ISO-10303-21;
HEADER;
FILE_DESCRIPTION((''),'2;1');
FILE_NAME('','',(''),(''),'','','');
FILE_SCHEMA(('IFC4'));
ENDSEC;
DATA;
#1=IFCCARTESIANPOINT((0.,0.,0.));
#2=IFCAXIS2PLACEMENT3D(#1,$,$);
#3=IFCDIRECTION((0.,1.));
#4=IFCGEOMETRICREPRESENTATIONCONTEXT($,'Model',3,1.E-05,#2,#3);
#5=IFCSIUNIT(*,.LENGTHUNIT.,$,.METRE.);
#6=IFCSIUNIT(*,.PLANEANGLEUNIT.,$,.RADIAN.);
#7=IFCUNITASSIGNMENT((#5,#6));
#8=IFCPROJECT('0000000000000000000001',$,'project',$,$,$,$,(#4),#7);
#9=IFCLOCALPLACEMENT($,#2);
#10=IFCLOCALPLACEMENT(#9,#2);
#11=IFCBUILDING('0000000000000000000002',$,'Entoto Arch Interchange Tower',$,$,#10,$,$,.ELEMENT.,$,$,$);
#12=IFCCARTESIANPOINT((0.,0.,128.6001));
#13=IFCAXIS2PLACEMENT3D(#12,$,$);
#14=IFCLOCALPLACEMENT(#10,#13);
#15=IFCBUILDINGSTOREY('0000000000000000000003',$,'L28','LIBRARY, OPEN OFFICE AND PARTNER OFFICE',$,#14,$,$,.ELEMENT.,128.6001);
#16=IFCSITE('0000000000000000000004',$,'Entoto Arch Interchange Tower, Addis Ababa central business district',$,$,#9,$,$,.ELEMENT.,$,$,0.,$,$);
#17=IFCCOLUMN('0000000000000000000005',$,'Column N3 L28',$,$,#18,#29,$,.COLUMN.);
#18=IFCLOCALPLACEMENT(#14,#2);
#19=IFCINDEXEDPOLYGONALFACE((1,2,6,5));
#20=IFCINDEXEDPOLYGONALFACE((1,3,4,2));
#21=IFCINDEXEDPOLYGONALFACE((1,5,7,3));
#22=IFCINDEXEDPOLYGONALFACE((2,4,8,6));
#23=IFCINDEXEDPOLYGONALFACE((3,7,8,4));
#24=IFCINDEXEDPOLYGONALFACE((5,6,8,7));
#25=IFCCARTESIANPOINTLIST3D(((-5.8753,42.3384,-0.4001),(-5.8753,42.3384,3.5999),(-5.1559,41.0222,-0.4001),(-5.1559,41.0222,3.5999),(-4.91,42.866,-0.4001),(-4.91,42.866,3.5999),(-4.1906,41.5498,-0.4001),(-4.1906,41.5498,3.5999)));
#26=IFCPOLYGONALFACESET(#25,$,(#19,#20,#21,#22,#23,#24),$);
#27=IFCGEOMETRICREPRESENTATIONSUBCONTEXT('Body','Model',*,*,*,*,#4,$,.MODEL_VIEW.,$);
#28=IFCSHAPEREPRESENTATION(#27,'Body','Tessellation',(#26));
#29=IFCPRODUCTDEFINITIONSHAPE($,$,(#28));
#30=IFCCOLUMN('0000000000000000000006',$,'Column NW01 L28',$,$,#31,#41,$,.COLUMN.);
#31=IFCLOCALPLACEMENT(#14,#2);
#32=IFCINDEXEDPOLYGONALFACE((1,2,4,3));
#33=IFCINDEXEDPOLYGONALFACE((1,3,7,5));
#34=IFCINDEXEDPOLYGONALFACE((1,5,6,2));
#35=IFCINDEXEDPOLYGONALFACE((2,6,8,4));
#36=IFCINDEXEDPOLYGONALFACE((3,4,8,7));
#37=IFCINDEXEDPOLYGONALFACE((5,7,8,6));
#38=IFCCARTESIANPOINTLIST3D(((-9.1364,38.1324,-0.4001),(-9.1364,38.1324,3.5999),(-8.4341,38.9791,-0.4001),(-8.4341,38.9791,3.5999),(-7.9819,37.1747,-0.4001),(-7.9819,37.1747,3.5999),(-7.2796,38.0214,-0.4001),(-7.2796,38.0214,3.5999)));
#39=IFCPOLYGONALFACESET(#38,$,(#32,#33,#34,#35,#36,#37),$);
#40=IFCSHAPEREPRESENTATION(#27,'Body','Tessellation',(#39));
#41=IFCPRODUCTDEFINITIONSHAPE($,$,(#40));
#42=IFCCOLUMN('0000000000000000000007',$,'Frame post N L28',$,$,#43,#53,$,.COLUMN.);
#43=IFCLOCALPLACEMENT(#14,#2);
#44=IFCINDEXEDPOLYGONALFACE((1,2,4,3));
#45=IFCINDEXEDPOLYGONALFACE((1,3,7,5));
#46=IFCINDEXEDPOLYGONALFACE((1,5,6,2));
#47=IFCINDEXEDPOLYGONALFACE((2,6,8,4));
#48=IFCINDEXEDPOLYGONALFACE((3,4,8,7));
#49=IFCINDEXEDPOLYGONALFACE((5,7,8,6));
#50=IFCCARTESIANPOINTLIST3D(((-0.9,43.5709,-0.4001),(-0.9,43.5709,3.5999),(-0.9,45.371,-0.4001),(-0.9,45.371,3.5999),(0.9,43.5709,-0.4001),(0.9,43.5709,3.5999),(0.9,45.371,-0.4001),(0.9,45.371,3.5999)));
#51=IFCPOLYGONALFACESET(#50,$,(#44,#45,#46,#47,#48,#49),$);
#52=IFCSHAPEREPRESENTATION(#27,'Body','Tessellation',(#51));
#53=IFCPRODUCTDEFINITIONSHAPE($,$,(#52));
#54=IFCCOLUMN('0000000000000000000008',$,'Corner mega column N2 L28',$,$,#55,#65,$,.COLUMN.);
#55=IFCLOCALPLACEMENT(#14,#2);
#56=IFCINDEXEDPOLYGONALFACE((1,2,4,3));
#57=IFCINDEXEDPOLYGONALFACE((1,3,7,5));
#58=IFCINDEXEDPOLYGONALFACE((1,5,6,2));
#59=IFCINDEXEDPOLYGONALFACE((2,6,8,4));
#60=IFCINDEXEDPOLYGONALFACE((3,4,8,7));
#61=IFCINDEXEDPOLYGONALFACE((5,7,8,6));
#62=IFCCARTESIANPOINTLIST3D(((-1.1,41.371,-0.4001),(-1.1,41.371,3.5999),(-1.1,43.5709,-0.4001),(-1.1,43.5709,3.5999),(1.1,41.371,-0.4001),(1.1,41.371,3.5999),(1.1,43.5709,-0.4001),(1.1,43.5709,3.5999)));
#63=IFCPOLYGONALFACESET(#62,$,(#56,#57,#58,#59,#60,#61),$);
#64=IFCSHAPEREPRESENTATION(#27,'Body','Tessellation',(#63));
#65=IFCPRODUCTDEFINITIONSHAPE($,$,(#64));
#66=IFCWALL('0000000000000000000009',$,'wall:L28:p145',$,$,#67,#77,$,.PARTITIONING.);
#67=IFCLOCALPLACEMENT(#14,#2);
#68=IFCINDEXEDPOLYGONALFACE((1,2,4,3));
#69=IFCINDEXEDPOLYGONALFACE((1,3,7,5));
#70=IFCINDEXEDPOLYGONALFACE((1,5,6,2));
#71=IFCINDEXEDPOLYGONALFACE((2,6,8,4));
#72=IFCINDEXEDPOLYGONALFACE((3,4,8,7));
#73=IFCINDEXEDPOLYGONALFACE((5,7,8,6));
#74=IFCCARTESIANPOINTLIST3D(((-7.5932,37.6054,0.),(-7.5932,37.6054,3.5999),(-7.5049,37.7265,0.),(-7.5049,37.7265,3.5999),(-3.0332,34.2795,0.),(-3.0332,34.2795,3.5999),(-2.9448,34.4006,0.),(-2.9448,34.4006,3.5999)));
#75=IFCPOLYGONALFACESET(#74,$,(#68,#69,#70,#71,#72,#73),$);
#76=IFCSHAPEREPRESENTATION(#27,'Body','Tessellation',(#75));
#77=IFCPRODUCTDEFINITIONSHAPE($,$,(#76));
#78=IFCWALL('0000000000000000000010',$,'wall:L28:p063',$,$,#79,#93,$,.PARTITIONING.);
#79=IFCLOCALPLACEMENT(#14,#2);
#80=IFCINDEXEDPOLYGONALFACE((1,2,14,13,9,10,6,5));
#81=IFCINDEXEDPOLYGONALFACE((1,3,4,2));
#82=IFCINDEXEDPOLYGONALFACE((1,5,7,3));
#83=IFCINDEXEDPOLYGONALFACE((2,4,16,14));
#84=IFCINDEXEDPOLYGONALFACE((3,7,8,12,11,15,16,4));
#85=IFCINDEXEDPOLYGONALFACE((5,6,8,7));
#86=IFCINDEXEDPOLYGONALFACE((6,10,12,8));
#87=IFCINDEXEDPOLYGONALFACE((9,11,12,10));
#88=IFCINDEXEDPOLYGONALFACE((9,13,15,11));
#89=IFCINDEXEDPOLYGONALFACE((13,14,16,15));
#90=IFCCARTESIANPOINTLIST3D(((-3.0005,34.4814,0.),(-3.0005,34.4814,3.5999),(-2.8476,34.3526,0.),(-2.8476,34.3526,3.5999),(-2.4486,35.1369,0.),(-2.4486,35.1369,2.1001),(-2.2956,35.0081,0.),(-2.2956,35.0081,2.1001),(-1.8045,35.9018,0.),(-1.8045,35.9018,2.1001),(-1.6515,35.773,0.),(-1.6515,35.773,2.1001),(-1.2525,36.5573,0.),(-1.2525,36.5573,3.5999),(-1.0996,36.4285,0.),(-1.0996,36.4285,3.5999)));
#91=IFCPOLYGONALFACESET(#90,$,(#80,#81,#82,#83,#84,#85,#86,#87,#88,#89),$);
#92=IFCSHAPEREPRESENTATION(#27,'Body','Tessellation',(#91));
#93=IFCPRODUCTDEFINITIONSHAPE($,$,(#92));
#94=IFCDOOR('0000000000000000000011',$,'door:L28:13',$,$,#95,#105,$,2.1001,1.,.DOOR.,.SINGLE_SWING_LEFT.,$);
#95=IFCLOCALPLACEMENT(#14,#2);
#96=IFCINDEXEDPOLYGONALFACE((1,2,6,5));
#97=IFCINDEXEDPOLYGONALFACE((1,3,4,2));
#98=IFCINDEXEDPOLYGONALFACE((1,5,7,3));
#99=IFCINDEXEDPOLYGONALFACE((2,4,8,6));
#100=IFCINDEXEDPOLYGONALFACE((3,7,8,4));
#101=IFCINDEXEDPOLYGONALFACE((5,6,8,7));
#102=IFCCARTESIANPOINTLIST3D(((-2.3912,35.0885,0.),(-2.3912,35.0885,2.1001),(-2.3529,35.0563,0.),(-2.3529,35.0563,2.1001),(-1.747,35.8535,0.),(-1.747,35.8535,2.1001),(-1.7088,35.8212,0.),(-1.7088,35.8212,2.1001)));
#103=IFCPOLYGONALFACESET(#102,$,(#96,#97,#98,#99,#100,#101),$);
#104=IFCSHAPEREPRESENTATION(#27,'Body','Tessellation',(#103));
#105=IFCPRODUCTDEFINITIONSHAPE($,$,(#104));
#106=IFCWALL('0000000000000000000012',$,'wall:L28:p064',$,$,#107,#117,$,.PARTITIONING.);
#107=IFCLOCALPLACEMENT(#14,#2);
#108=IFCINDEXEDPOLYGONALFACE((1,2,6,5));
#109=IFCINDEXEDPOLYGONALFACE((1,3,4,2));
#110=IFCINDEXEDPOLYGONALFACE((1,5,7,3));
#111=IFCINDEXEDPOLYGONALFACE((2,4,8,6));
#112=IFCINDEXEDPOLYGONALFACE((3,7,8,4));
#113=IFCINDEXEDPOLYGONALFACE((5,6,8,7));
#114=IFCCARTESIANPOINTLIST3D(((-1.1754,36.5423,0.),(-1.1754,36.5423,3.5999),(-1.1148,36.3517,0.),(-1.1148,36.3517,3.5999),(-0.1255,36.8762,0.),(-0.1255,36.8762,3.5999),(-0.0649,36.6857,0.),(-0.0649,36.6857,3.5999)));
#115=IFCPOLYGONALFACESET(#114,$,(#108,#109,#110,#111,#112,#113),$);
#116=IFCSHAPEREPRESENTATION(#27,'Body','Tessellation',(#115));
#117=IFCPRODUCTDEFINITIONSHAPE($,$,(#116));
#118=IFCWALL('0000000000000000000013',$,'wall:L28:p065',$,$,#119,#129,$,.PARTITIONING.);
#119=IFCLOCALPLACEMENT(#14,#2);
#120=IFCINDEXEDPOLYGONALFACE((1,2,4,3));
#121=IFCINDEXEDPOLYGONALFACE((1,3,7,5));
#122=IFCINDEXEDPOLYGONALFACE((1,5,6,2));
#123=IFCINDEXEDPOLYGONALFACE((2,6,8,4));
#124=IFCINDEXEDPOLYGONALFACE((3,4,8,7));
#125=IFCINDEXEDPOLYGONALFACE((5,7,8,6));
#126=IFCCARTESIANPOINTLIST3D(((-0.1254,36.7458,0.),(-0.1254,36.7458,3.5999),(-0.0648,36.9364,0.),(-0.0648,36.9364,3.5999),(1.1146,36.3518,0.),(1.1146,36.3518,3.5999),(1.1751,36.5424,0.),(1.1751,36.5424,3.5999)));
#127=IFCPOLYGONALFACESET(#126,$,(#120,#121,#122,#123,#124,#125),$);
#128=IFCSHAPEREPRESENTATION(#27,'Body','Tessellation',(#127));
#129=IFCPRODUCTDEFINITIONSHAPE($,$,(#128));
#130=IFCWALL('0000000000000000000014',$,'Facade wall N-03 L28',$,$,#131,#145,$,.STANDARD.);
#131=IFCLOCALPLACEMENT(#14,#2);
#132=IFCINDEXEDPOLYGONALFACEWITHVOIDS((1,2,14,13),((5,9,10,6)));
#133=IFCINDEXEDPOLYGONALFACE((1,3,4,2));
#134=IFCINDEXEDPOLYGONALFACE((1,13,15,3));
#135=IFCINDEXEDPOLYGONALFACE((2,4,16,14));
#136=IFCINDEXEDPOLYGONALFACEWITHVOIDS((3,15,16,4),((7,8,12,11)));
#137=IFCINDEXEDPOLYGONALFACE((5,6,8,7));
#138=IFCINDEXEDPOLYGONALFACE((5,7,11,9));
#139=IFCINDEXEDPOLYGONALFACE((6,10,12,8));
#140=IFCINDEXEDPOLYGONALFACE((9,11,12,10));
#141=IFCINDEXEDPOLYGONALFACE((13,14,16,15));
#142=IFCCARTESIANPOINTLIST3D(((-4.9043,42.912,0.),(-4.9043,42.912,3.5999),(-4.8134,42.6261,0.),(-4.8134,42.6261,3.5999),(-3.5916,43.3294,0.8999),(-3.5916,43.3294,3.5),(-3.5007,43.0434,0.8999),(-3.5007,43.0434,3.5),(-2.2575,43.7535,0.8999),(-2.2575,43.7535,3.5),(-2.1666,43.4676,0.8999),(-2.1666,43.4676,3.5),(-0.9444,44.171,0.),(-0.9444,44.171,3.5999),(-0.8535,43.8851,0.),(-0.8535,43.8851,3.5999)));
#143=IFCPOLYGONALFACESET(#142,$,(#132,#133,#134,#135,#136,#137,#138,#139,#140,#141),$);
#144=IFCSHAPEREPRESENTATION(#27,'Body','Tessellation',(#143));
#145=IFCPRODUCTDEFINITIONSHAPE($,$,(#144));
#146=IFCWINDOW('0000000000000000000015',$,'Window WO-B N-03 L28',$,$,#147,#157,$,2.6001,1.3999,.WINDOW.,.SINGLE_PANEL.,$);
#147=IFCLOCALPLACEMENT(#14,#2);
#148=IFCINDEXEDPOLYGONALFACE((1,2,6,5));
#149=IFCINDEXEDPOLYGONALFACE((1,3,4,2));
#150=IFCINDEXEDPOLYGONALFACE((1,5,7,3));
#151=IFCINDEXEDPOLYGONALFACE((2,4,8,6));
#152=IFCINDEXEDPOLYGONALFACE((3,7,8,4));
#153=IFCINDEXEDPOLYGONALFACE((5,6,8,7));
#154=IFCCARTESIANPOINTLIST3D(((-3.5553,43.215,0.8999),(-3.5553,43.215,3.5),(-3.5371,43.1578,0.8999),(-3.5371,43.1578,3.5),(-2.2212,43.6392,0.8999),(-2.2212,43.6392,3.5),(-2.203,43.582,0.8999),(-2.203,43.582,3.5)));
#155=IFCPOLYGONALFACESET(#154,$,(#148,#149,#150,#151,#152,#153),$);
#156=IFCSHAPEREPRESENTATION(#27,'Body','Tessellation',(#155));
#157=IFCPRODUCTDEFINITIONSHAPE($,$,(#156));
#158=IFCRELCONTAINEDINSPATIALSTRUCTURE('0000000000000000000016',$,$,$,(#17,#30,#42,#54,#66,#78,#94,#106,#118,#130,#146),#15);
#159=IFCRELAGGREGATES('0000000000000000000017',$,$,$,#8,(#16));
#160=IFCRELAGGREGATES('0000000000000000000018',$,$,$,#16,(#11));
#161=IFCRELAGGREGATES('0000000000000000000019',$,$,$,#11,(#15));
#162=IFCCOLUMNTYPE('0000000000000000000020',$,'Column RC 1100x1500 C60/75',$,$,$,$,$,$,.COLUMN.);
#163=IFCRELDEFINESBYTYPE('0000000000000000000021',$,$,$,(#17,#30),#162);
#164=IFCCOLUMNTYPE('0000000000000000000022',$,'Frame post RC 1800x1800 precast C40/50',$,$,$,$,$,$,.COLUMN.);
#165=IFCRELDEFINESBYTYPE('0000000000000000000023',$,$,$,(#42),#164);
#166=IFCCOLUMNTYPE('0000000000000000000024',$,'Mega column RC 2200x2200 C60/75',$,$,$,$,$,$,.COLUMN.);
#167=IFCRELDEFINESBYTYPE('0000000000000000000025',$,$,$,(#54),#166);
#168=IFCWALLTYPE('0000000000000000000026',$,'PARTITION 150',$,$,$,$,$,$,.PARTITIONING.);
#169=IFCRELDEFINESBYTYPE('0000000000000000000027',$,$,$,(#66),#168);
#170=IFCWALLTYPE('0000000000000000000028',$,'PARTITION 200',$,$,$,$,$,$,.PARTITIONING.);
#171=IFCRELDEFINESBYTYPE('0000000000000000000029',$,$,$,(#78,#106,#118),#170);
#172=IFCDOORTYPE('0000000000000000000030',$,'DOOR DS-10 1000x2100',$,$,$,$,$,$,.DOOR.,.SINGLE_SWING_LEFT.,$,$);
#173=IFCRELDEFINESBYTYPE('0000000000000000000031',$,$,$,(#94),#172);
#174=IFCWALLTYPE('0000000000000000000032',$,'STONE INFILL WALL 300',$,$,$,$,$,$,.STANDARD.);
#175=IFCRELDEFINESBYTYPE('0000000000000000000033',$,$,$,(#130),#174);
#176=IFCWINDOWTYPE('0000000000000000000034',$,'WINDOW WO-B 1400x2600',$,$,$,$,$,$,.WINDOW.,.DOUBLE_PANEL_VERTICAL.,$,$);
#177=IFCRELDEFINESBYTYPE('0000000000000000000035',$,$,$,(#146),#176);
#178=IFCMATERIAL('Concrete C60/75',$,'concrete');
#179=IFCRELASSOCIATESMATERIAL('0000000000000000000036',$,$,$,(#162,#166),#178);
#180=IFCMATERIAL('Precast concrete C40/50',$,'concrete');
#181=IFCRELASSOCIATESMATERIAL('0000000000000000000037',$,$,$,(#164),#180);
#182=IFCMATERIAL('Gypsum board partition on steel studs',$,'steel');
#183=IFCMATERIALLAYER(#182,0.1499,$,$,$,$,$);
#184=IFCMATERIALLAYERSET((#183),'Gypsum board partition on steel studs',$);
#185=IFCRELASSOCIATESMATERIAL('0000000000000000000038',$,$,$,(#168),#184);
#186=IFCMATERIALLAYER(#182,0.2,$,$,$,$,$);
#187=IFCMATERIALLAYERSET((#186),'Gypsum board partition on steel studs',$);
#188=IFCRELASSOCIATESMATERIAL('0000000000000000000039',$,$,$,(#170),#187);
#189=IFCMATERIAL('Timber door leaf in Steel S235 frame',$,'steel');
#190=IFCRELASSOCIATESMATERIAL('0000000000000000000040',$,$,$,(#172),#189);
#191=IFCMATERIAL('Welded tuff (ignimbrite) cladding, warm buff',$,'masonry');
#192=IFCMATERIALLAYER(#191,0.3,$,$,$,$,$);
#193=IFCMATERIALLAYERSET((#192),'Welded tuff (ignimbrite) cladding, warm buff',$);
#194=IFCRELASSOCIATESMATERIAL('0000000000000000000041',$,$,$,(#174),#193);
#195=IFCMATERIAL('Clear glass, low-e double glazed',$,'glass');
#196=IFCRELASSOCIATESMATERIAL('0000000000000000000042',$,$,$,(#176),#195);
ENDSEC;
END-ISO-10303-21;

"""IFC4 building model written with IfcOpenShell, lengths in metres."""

from ifc_helpers import new_model, si_unit, direction, frame, frame_2d, origin, origin_2d, place, context, subcontext, project, spatial, rectangle, extrude, material, layer, layer_set, material_profile, profile_set, type_object, element, fill, save


model = new_model("IFC4")

# Units and contexts
model_context = context("Model", 3, precision=1e-05, world=origin(), true_north=direction((0.0, 1.0)))
body_context = subcontext(model_context, "Body", "Model", "MODEL_VIEW")
ifc_project = project(units=[si_unit("LENGTHUNIT", "METRE"), si_unit("PLANEANGLEUNIT", "RADIAN")], contexts=[model_context])

# Site, building, storey
site_placement = place(None, origin())
site = spatial("IfcSite", under=ifc_project, at=site_placement, Name="Entoto Arch Interchange Tower, Addis Ababa central business district", CompositionType="ELEMENT", RefElevation=0.0)
building_placement = place(site_placement, origin())
building = spatial("IfcBuilding", under=site, at=building_placement, Name="Entoto Arch Interchange Tower", CompositionType="ELEMENT")
storey_placement = place(building_placement, frame((0.0, 0.0, 128.6001)))
storey = spatial("IfcBuildingStorey", under=building, at=storey_placement, Name="L28", Description="LIBRARY, OPEN OFFICE AND PARTNER OFFICE", CompositionType="ELEMENT", Elevation=128.6001)

# Columns
ifc_material_1 = material(Name="Concrete C60/75", Category="concrete")
ifc_material_profile_1 = material_profile(ifc_material_1, rectangle(XDim=1.1001, YDim=1.5, at=origin_2d()))
ifc_profile_set_1 = profile_set([ifc_material_profile_1], Name="Concrete C60/75")
column_type_1 = type_object("IfcColumnType", Name="Column RC 1100x1500 C60/75", PredefinedType="COLUMN", material=ifc_profile_set_1)
for number, where, z_axis, x_axis, name in (
    (1, (-5.033, 41.9441, -0.4001), (0.0, 0.0, 1.0), (0.877481, 0.479611, 0.0), "Column N3 L28"),
    (2, (-8.208, 38.0769, -0.4001), (0.0, 0.0, 1.0), (0.638459, 0.769656, 0.0), "Column NW01 L28"),
):
    element("IfcColumn", number, at=place(storey_placement, frame(where, z_axis=z_axis, x_axis=x_axis)), inside=storey, type_object=column_type_1, Name=name, PredefinedType="COLUMN", context=body_context, shape_type="SweptSolid", body=[
        extrude(rectangle(XDim=1.1001, YDim=1.5, at=origin_2d()), origin(), (0.0, 0.0, 1.0), 4.0),
    ])
ifc_material_2 = material(Name="Precast concrete C40/50", Category="concrete")
ifc_material_profile_2 = material_profile(ifc_material_2, rectangle(XDim=1.8, YDim=1.8, at=origin_2d()))
ifc_profile_set_2 = profile_set([ifc_material_profile_2], Name="Precast concrete C40/50")
column_type_2 = type_object("IfcColumnType", Name="Frame post RC 1800x1800 precast C40/50", PredefinedType="COLUMN", material=ifc_profile_set_2)
column_1_placement = place(storey_placement, frame((0.0, 44.4709, -0.4001), z_axis=(0.0, 0.0, 1.0), x_axis=(0.0, 1.0, 0.0)))
element("IfcColumn", 3, at=column_1_placement, inside=storey, type_object=column_type_2, Name="Frame post N L28", PredefinedType="COLUMN", context=body_context, shape_type="SweptSolid", body=[
    extrude(rectangle(XDim=1.8, YDim=1.8, at=origin_2d()), origin(), (0.0, 0.0, 1.0), 4.0),
])
ifc_material_profile_3 = material_profile(ifc_material_1, rectangle(XDim=2.2, YDim=2.2, at=origin_2d()))
ifc_profile_set_3 = profile_set([ifc_material_profile_3], Name="Concrete C60/75")
column_type_3 = type_object("IfcColumnType", Name="Mega column RC 2200x2200 C60/75", PredefinedType="COLUMN", material=ifc_profile_set_3)
column_2_placement = place(storey_placement, frame((0.0, 42.4709, -0.4001), z_axis=(0.0, 0.0, 1.0), x_axis=(0.0, 1.0, 0.0)))
element("IfcColumn", 4, at=column_2_placement, inside=storey, type_object=column_type_3, Name="Corner mega column N2 L28", PredefinedType="COLUMN", context=body_context, shape_type="SweptSolid", body=[
    extrude(rectangle(XDim=2.2, YDim=2.2, at=origin_2d()), origin(), (0.0, 0.0, 1.0), 4.0),
])

# Wall
ifc_material_3 = material(Name="Gypsum board partition on steel studs", Category="steel")
ifc_layer_1 = layer(ifc_material_3, 0.1499)
ifc_layer_set_1 = layer_set([ifc_layer_1], Name="Gypsum board partition on steel studs")
wall_type_1 = type_object("IfcWallType", Name="PARTITION 150", PredefinedType="PARTITIONING", material=ifc_layer_set_1)
wall_1_placement = place(storey_placement, frame((-2.989, 34.3401, 0.0), z_axis=(0.0, 0.0, 1.0), x_axis=(-0.807933, 0.589275, 0.0)))
element("IfcWall", 5, at=wall_1_placement, inside=storey, type_object=wall_type_1, Name="wall:L28:p145", PredefinedType="PARTITIONING", context=body_context, shape_type="SweptSolid", body=[
    extrude(rectangle(XDim=5.644, YDim=0.1499, at=frame_2d((2.822, 0.0))), origin(), (0.0, 0.0, 1.0), 3.5999),
])

# Wall, opening, door
ifc_layer_2 = layer(ifc_material_3, 0.2)
ifc_layer_set_2 = layer_set([ifc_layer_2], Name="Gypsum board partition on steel studs")
wall_type_2 = type_object("IfcWallType", Name="PARTITION 200", PredefinedType="PARTITIONING", material=ifc_layer_set_2)
wall_2_placement = place(storey_placement, frame((-2.9241, 34.417, 0.0), z_axis=(0.0, 0.0, 1.0), x_axis=(0.644114, 0.76493, 0.0)))
wall_2 = element("IfcWall", 6, at=wall_2_placement, inside=storey, type_object=wall_type_2, Name="wall:L28:p063", PredefinedType="PARTITIONING", context=body_context, shape_type="SweptSolid", body=[
    extrude(rectangle(XDim=2.7139, YDim=0.2, at=frame_2d((1.3569, 0.0))), origin(), (0.0, 0.0, 1.0), 3.5999),
])
opening_1_placement = place(wall_2_placement, frame((0.8569, 0.0, 0.0)))
opening_1 = element("IfcOpeningElement", 7, at=opening_1_placement, cuts=wall_2, PredefinedType="OPENING", context=body_context, shape_type="SweptSolid", body=[
    extrude(rectangle(XDim=1.0, YDim=2.1001, at=frame_2d((0.5, 1.05))), frame((0.0, 0.1099, 0.0), z_axis=(0.0, -1.0, 0.0), x_axis=(1.0, 0.0, 0.0)), (0.0, 0.0, 1.0), 0.22),
])
ifc_material_4 = material(Name="Timber door leaf in Steel S235 frame", Category="steel")
door_type = type_object("IfcDoorType", Name="DOOR DS-10 1000x2100", OperationType="SINGLE_SWING_LEFT", PredefinedType="DOOR", material=ifc_material_4)
door_placement = place(opening_1_placement, origin())
door = element("IfcDoor", 8, at=door_placement, inside=storey, type_object=door_type, Name="door:L28:13", OperationType="SINGLE_SWING_LEFT", OverallHeight=2.1001, OverallWidth=1.0, PredefinedType="DOOR", context=body_context, shape_type="SweptSolid", body=[
    extrude(rectangle(XDim=1.0, YDim=2.1001, at=frame_2d((0.5, 1.05))), frame((0.0, 0.0249, 0.0), z_axis=(0.0, -1.0, 0.0), x_axis=(1.0, 0.0, 0.0)), (0.0, 0.0, 1.0), 0.05),
])
fill(opening_1, door)

# Walls
wall_3_placement = place(storey_placement, frame((-1.145, 36.447, 0.0), z_axis=(0.0, 0.0, 1.0), x_axis=(0.952958, 0.303103, 0.0)))
element("IfcWall", 9, at=wall_3_placement, inside=storey, type_object=wall_type_2, Name="wall:L28:p064", PredefinedType="PARTITIONING", context=body_context, shape_type="SweptSolid", body=[
    extrude(rectangle(XDim=1.1018, YDim=0.2, at=frame_2d((0.5508, 0.0))), origin(), (0.0, 0.0, 1.0), 3.5999),
])
wall_4_placement = place(storey_placement, frame((-0.095, 36.8411, 0.0), z_axis=(0.0, 0.0, 1.0), x_axis=(0.953037, -0.302855, 0.0)))
element("IfcWall", 10, at=wall_4_placement, inside=storey, type_object=wall_type_2, Name="wall:L28:p065", PredefinedType="PARTITIONING", context=body_context, shape_type="SweptSolid", body=[
    extrude(rectangle(XDim=1.301, YDim=0.2, at=frame_2d((0.6504, 0.0))), origin(), (0.0, 0.0, 1.0), 3.5999),
])

# Wall, opening, window
ifc_material_5 = material(Name="Welded tuff (ignimbrite) cladding, warm buff", Category="masonry")
ifc_layer_3 = layer(ifc_material_5, 0.3)
ifc_layer_set_3 = layer_set([ifc_layer_3], Name="Welded tuff (ignimbrite) cladding, warm buff")
wall_type_3 = type_object("IfcWallType", Name="STONE INFILL WALL 300", PredefinedType="STANDARD", material=ifc_layer_set_3)
wall_5_placement = place(storey_placement, frame((-0.8989, 44.0281, 0.0), z_axis=(0.0, 0.0, 1.0), x_axis=(-0.952992, -0.302995, 0.0)))
wall_5 = element("IfcWall", 11, at=wall_5_placement, inside=storey, type_object=wall_type_3, Name="Facade wall N-03 L28", PredefinedType="STANDARD", context=body_context, shape_type="SweptSolid", body=[
    extrude(rectangle(XDim=4.1553, YDim=0.3, at=frame_2d((2.0776, 0.0))), origin(), (0.0, 0.0, 1.0), 3.5999),
])
opening_2_placement = place(wall_5_placement, frame((1.3779, 0.0, 0.8999)))
opening_2 = element("IfcOpeningElement", 12, at=opening_2_placement, cuts=wall_5, PredefinedType="OPENING", context=body_context, shape_type="SweptSolid", body=[
    extrude(rectangle(XDim=1.3999, YDim=2.6001, at=frame_2d((0.7, 1.3))), frame((0.0, 0.1602, 0.0), z_axis=(0.0, -1.0, 0.0), x_axis=(1.0, 0.0, 0.0)), (0.0, 0.0, 1.0), 0.3201),
])
ifc_material_6 = material(Name="Clear glass, low-e double glazed", Category="glass")
window_type_1 = type_object("IfcWindowType", Name="WINDOW WO-B 1400x2600", PartitioningType="DOUBLE_PANEL_VERTICAL", PredefinedType="WINDOW", material=ifc_material_6)
window_1_placement = place(opening_2_placement, origin())
window_1 = element("IfcWindow", 13, at=window_1_placement, inside=storey, type_object=window_type_1, Name="Window WO-B N-03 L28", OverallHeight=2.6001, OverallWidth=1.3999, PartitioningType="SINGLE_PANEL", PredefinedType="WINDOW", context=body_context, shape_type="SweptSolid", body=[
    extrude(rectangle(XDim=1.3999, YDim=2.6001, at=frame_2d((0.7, 1.3))), frame((0.0, 0.03, 0.0), z_axis=(0.0, -1.0, 0.0), x_axis=(1.0, 0.0, 0.0)), (0.0, 0.0, 1.0), 0.0601),
])
fill(opening_2, window_1)

save(model, "model.ifc")
